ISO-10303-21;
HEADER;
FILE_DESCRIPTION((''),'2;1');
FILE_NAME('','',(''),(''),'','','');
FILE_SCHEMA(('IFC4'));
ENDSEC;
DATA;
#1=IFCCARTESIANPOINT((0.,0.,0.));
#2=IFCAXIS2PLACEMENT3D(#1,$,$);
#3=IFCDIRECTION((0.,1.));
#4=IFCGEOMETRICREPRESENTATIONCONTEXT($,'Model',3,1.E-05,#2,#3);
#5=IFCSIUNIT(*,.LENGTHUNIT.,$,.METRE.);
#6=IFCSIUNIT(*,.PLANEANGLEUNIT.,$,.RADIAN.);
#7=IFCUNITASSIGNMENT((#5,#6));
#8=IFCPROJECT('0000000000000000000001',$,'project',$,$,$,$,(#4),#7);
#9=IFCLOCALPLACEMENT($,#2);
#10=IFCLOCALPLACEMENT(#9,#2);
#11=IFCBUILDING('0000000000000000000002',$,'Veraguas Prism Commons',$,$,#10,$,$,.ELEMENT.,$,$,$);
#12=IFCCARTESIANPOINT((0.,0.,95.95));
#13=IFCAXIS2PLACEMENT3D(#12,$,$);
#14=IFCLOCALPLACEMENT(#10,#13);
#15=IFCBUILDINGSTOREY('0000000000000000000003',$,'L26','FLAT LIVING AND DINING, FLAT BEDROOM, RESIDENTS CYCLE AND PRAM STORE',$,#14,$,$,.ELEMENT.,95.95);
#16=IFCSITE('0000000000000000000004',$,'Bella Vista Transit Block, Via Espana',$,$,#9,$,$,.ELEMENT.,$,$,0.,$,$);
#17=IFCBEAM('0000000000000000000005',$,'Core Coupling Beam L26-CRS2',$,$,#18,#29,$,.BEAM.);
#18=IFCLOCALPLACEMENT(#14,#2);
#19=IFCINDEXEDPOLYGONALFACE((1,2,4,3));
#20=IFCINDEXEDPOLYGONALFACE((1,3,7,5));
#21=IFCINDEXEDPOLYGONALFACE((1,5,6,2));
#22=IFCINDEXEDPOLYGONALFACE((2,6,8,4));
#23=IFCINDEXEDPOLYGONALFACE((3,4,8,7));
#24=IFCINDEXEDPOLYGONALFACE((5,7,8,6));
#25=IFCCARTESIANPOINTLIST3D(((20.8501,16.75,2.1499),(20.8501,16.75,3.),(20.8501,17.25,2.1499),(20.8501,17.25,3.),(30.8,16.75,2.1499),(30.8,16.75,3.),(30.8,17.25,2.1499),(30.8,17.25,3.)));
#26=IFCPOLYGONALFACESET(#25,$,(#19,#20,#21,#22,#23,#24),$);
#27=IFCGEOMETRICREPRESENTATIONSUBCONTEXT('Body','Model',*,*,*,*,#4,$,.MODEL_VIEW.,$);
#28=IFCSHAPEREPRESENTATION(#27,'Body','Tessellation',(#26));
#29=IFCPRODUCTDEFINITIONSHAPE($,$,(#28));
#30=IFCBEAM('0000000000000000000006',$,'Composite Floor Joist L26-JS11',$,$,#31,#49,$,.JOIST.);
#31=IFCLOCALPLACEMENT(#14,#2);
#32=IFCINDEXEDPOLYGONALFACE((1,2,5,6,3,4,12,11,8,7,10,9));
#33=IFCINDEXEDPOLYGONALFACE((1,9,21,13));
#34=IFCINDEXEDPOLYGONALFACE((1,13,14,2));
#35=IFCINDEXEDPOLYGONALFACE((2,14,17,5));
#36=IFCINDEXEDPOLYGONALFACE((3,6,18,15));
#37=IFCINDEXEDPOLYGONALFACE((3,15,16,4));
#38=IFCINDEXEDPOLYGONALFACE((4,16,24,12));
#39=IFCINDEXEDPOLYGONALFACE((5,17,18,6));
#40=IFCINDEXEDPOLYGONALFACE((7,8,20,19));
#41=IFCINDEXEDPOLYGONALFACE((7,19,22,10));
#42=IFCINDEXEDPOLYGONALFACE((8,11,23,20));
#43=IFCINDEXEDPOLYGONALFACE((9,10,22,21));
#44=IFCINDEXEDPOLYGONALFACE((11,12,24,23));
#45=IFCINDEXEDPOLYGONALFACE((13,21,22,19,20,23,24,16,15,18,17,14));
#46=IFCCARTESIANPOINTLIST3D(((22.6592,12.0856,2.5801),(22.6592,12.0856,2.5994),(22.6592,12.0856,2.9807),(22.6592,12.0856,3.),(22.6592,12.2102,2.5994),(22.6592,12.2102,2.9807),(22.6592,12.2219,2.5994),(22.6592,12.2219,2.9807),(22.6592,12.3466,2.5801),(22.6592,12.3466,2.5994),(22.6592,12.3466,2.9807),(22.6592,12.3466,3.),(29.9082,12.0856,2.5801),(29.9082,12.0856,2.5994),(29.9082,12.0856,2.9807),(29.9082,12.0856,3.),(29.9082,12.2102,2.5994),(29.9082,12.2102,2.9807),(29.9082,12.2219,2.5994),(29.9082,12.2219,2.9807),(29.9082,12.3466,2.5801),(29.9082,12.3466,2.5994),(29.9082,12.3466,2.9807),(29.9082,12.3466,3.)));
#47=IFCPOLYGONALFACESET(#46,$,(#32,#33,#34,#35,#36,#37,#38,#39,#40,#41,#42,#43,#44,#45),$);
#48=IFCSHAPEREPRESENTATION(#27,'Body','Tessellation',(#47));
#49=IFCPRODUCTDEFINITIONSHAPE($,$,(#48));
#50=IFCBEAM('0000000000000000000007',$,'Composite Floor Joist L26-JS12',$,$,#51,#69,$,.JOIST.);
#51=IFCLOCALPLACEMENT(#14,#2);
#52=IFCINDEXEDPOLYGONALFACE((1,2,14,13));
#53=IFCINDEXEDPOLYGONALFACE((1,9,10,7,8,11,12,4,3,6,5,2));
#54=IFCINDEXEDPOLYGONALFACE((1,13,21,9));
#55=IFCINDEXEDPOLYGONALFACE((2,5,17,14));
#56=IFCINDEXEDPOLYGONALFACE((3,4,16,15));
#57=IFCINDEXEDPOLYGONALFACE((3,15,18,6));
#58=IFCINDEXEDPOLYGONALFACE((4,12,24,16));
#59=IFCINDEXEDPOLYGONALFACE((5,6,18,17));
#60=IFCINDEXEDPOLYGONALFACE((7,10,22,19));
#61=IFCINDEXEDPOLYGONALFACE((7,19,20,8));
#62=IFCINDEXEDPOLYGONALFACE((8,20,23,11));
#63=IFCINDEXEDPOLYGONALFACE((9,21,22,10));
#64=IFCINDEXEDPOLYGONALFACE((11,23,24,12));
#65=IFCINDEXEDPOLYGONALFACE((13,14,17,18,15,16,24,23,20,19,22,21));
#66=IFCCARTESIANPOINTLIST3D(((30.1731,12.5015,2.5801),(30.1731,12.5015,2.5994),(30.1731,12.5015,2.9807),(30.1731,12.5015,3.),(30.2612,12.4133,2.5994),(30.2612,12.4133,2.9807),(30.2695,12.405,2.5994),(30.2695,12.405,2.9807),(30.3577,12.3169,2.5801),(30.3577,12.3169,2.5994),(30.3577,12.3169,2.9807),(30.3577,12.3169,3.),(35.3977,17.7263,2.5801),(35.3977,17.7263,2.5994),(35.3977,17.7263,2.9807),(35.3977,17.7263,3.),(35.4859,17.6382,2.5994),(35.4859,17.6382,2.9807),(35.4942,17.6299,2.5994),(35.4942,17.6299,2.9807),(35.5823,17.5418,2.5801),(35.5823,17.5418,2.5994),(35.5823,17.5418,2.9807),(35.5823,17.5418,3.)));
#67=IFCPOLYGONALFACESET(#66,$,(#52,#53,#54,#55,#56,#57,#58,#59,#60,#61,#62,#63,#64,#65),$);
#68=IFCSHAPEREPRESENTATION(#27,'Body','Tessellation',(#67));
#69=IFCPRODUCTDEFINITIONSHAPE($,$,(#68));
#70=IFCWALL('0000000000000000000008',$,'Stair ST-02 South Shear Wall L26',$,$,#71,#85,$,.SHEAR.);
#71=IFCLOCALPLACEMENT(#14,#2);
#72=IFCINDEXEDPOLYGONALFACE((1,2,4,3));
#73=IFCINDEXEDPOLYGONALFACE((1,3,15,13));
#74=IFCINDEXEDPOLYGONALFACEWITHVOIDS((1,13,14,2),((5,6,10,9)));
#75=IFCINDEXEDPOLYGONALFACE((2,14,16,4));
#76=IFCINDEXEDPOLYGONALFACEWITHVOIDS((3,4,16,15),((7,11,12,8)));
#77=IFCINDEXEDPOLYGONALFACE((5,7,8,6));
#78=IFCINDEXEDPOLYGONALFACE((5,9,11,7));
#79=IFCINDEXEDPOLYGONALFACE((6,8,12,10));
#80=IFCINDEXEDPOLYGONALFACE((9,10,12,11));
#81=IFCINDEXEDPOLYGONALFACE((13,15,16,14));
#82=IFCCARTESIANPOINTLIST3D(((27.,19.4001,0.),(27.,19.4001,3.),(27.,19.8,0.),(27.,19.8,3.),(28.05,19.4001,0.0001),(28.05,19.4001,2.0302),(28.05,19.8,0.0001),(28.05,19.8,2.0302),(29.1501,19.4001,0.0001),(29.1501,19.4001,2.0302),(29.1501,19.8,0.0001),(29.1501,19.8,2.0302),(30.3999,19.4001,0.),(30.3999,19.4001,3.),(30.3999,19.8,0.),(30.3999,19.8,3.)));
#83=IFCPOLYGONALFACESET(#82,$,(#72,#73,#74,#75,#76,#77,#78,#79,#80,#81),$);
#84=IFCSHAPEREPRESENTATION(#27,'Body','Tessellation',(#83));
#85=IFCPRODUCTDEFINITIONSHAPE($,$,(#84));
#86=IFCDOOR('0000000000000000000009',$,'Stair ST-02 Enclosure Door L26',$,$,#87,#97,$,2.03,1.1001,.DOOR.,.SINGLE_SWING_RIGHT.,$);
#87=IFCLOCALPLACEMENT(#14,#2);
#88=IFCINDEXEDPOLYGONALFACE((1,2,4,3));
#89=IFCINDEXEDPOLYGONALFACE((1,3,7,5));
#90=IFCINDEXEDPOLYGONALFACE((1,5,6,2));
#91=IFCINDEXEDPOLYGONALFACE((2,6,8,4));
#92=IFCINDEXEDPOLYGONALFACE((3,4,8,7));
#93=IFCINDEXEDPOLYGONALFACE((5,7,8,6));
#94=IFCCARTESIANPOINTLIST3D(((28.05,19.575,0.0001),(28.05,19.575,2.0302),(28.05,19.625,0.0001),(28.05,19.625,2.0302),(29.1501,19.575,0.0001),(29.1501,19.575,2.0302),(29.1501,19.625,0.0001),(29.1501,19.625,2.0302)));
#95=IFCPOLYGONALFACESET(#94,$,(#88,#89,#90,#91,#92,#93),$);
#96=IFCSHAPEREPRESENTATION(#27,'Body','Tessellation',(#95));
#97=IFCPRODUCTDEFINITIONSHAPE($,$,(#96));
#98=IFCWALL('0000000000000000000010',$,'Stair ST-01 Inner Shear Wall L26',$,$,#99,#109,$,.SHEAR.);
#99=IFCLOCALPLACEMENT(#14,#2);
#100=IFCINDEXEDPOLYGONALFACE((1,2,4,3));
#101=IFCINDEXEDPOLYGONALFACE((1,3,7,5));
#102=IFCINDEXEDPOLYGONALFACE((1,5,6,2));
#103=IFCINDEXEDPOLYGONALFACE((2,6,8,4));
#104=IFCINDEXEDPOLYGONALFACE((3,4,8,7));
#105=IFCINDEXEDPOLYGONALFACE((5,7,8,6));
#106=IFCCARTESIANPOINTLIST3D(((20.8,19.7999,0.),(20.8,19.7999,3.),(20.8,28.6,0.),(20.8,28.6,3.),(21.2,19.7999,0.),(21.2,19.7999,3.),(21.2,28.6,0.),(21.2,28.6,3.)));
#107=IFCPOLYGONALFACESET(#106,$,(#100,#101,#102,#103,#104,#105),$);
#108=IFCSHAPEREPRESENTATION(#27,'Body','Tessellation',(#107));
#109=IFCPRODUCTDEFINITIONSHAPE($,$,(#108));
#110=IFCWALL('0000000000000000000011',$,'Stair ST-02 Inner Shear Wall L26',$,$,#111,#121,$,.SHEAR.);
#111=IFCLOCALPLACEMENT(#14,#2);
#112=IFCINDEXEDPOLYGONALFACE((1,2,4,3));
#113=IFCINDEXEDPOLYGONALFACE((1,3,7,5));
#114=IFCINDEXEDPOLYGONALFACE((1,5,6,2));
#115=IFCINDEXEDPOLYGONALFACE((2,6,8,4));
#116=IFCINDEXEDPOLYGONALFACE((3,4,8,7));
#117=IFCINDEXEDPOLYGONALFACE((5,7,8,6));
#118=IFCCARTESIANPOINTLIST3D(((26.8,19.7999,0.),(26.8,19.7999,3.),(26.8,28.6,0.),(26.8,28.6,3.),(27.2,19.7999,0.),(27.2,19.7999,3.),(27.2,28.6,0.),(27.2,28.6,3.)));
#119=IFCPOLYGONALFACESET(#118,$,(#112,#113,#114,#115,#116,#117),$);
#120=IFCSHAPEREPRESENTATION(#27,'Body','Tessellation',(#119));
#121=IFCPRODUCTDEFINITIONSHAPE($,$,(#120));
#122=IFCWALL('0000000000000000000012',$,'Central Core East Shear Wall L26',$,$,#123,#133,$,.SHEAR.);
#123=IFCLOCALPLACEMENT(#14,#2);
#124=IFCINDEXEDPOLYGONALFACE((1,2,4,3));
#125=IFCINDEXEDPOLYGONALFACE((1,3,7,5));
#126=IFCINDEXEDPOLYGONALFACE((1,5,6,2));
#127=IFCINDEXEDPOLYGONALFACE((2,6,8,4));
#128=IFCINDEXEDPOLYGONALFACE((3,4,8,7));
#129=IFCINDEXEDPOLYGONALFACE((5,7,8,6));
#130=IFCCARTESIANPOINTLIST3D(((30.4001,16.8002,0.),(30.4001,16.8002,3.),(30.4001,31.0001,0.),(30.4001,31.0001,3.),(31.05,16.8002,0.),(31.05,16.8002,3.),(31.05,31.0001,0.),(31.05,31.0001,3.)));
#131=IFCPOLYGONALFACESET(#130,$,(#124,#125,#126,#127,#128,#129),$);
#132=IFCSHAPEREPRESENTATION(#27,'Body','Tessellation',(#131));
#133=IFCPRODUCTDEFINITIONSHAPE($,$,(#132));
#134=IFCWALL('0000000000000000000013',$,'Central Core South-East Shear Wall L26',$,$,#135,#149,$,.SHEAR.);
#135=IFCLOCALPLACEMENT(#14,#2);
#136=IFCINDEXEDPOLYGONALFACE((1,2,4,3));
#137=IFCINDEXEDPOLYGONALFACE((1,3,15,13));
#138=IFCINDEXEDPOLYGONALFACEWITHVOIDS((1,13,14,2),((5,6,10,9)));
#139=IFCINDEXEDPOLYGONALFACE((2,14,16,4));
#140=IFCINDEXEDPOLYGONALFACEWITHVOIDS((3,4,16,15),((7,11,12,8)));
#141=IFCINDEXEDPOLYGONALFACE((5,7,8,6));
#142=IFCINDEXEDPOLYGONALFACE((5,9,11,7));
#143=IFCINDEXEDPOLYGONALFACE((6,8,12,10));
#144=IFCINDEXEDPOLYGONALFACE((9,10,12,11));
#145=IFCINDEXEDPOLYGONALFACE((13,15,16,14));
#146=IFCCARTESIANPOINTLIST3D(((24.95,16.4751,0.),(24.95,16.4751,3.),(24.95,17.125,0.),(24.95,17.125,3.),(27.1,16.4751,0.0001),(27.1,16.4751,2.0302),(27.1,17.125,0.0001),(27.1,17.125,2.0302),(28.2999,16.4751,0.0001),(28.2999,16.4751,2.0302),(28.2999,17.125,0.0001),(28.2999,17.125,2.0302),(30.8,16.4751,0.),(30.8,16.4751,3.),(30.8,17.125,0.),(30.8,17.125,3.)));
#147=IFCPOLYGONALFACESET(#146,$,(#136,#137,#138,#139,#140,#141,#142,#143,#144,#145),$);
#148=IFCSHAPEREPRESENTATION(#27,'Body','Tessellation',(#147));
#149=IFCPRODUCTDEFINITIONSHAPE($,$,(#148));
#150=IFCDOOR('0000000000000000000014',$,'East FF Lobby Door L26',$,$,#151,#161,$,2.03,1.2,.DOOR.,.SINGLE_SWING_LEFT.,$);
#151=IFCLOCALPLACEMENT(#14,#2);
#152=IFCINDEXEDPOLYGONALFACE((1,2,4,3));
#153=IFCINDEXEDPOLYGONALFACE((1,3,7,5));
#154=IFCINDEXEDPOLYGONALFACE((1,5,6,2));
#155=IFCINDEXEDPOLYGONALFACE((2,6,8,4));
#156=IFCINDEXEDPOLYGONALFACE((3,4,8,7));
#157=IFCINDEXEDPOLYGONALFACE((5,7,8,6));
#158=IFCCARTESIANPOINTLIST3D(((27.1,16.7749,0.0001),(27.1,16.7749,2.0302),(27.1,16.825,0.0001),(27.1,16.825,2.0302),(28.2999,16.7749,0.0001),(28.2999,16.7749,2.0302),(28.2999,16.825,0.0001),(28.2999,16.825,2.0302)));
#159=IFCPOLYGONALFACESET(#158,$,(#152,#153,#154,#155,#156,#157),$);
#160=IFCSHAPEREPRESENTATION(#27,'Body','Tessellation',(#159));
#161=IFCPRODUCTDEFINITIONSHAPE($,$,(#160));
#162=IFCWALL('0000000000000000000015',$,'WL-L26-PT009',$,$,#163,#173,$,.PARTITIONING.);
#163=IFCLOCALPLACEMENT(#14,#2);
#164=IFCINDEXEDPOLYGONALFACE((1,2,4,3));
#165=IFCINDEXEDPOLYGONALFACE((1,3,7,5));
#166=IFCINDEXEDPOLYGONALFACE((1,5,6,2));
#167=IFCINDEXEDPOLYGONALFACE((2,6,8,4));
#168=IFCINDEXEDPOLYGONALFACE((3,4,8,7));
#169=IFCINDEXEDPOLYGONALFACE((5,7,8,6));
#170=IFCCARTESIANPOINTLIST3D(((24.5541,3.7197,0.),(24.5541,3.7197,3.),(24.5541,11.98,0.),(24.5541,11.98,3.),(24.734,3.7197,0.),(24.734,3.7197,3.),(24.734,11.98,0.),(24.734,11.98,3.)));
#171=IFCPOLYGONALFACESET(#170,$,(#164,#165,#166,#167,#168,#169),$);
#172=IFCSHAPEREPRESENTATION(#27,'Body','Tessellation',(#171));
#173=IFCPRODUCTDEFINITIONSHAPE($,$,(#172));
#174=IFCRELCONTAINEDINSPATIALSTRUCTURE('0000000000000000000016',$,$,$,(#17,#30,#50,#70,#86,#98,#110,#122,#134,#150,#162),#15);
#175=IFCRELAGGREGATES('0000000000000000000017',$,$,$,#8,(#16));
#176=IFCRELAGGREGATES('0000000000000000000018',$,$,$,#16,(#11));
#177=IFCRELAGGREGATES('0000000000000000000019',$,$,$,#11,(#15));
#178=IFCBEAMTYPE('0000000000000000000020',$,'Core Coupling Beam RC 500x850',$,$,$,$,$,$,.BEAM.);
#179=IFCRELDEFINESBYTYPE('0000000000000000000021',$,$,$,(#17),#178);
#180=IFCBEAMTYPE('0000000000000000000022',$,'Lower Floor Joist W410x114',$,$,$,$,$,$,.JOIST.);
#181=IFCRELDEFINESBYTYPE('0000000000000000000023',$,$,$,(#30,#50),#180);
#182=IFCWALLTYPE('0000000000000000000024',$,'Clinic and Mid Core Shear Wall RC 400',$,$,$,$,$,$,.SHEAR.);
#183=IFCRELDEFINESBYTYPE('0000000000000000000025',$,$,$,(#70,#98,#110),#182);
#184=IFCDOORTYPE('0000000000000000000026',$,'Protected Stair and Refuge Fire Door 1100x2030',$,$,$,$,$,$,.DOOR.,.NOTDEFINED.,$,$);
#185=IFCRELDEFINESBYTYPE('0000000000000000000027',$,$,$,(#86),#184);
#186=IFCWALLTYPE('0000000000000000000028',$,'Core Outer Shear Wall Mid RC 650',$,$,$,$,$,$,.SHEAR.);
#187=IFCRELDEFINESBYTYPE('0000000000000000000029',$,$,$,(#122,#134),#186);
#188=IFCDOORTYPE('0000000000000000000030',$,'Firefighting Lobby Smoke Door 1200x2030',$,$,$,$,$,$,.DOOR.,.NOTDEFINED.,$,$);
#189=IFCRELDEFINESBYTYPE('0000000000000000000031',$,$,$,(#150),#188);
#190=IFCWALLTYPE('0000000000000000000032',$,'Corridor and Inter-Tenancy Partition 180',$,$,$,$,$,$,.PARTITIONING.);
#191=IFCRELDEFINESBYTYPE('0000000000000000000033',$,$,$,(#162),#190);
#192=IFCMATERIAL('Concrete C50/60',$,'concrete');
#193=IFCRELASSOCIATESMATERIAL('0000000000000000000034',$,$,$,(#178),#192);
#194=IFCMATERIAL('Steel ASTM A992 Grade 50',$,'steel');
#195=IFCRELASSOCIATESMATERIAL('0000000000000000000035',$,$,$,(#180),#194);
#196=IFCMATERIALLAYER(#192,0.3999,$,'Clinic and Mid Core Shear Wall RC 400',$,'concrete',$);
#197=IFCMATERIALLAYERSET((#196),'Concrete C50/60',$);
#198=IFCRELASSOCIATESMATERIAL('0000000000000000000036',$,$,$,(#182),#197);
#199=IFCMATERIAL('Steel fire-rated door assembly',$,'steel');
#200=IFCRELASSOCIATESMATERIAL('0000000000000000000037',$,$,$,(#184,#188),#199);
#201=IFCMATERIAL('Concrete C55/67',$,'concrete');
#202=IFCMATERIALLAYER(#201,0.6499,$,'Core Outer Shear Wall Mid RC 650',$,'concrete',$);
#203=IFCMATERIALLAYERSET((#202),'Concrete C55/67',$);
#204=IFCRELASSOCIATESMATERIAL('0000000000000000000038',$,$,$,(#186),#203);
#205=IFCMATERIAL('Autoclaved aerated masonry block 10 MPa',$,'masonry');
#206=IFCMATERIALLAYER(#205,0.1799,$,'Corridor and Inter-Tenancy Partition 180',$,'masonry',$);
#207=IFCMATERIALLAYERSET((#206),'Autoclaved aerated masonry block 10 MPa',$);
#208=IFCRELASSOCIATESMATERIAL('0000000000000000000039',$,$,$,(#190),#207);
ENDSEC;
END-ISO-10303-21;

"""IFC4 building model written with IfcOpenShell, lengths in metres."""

from ifc_helpers import new_model, si_unit, direction, frame, frame_2d, origin, origin_2d, place, context, subcontext, project, spatial, rectangle, i_section, extrude, source, transform, mapped, material, layer, layer_set, material_profile, profile_set, type_object, element, fill, save


model = new_model("IFC4")

# Units and contexts
model_context = context("Model", 3, precision=1e-05, world=origin(), true_north=direction((0.0, 1.0)))
body_context = subcontext(model_context, "Body", "Model", "MODEL_VIEW")
ifc_project = project(units=[si_unit("LENGTHUNIT", "METRE"), si_unit("PLANEANGLEUNIT", "RADIAN")], contexts=[model_context])

# Site, building, storey
site_placement = place(None, origin())
site = spatial("IfcSite", under=ifc_project, at=site_placement, Name="Bella Vista Transit Block, Via Espana", CompositionType="ELEMENT", RefElevation=0.0)
building_placement = place(site_placement, origin())
building = spatial("IfcBuilding", under=site, at=building_placement, Name="Veraguas Prism Commons", CompositionType="ELEMENT")
storey_placement = place(building_placement, frame((0.0, 0.0, 95.95)))
storey = spatial("IfcBuildingStorey", under=building, at=storey_placement, Name="L26", Description="FLAT LIVING AND DINING, FLAT BEDROOM, RESIDENTS CYCLE AND PRAM STORE", CompositionType="ELEMENT", Elevation=95.95)

# Beams
ifc_material_1 = material(Name="Concrete C50/60", Category="concrete")
ifc_material_profile_1 = material_profile(ifc_material_1, rectangle(XDim=0.5, YDim=0.8501, at=origin_2d()), Name="RC500X850")
ifc_profile_set_1 = profile_set([ifc_material_profile_1], Name="Concrete C50/60")
beam_type_1 = type_object("IfcBeamType", Name="Core Coupling Beam RC 500x850", PredefinedType="BEAM", material=ifc_profile_set_1)
beam_1_placement = place(storey_placement, frame((20.8501, 17.0, 2.575), z_axis=(1.0, 0.0, 0.0), x_axis=(0.0, 1.0, 0.0)))
element("IfcBeam", 1, at=beam_1_placement, inside=storey, type_object=beam_type_1, Name="Core Coupling Beam L26-CRS2", PredefinedType="BEAM", context=body_context, shape_type="SweptSolid", body=[
    extrude(rectangle(XDim=0.5, YDim=0.8501, at=origin_2d()), origin(), (0.0, 0.0, 1.0), 9.95),
])
ifc_material_2 = material(Name="Steel ASTM A992 Grade 50", Category="steel")
ifc_material_profile_2 = material_profile(ifc_material_2, i_section(OverallWidth=0.261, OverallDepth=0.4199, WebThickness=0.0117, FlangeThickness=0.0193, at=origin_2d()), Name="W410X114")
ifc_profile_set_2 = profile_set([ifc_material_profile_2], Name="Steel ASTM A992 Grade 50")
beam_type_2 = type_object("IfcBeamType", Name="Lower Floor Joist W410x114", PredefinedType="JOIST", material=ifc_profile_set_2)
beam_2_placement = place(storey_placement, frame((22.6592, 12.2161, 2.79), z_axis=(1.0, 0.0, 0.0), x_axis=(0.0, 1.0, 0.0)))
element("IfcBeam", 2, at=beam_2_placement, inside=storey, type_object=beam_type_2, Name="Composite Floor Joist L26-JS11", PredefinedType="JOIST", context=body_context, shape_type="SweptSolid", body=[
    extrude(i_section(OverallWidth=0.261, OverallDepth=0.4199, WebThickness=0.0117, FlangeThickness=0.0193, at=origin_2d()), origin(), (0.0, 0.0, 1.0), 7.249),
])
beam_3_placement = place(storey_placement, frame((30.2654, 12.4092, 2.79), z_axis=(0.70709, 0.707123, 0.0), x_axis=(-0.707123, 0.70709, 0.0)))
element("IfcBeam", 3, at=beam_3_placement, inside=storey, type_object=beam_type_2, Name="Composite Floor Joist L26-JS12", PredefinedType="JOIST", context=body_context, shape_type="SweptSolid", body=[
    extrude(i_section(OverallWidth=0.261, OverallDepth=0.4199, WebThickness=0.0117, FlangeThickness=0.0193, at=origin_2d()), origin(), (0.0, 0.0, 1.0), 7.3889),
])

# Wall, opening, door
ifc_layer_1 = layer(ifc_material_1, 0.3999, Name="Clinic and Mid Core Shear Wall RC 400", Category="concrete")
ifc_layer_set_1 = layer_set([ifc_layer_1], Name="Concrete C50/60")
wall_type_1 = type_object("IfcWallType", Name="Clinic and Mid Core Shear Wall RC 400", PredefinedType="SHEAR", material=ifc_layer_set_1)
wall_1_placement = place(storey_placement, frame((27.0, 19.6001, 0.0), z_axis=(0.0, 0.0, 1.0), x_axis=(1.0, 0.0, 0.0)))
wall_1 = element("IfcWall", 4, at=wall_1_placement, inside=storey, type_object=wall_type_1, Name="Stair ST-02 South Shear Wall L26", PredefinedType="SHEAR", context=body_context, shape_type="SweptSolid", body=[
    extrude(rectangle(XDim=3.3999, YDim=0.3999, at=frame_2d((1.7, 0.0))), origin(), (0.0, 0.0, 1.0), 3.0),
])
opening_1_placement = place(wall_1_placement, frame((1.05, 0.0, 0.0)))
opening_1 = element("IfcOpeningElement", 5, at=opening_1_placement, cuts=wall_1, PredefinedType="OPENING", context=body_context, shape_type="SweptSolid", body=[
    extrude(rectangle(XDim=1.1001, YDim=2.03, at=frame_2d((0.55, 1.0151))), frame((0.0, 0.21, 0.0), z_axis=(0.0, -1.0, 0.0), x_axis=(1.0, 0.0, 0.0)), (0.0, 0.0, 1.0), 0.4199),
])
ifc_material_3 = material(Name="Steel fire-rated door assembly", Category="steel")
door_type_1 = type_object("IfcDoorType", Name="Protected Stair and Refuge Fire Door 1100x2030", OperationType="NOTDEFINED", PredefinedType="DOOR", material=ifc_material_3)
shared_shape_1 = source(origin(), body_context, "Body", "SweptSolid", [
    extrude(rectangle(XDim=1.1001, YDim=2.03, at=frame_2d((0.55, 1.0151))), frame((0.0, 0.0249, 0.0), z_axis=(0.0, -1.0, 0.0), x_axis=(1.0, 0.0, 0.0)), (0.0, 0.0, 1.0), 0.05),
])
door_1_placement = place(opening_1_placement, origin())
door_1 = element("IfcDoor", 6, at=door_1_placement, inside=storey, type_object=door_type_1, Name="Stair ST-02 Enclosure Door L26", OperationType="SINGLE_SWING_RIGHT", OverallHeight=2.03, OverallWidth=1.1001, PredefinedType="DOOR", context=body_context, shape_type="MappedRepresentation", body=[
    mapped(shared_shape_1, transform((0.0, 0.0, 0.0), scale=1.0)),
])
fill(opening_1, door_1)

# Walls
for number, where, z_axis, x_axis, name in (
    (7, (21.0, 19.8, 0.0), (0.0, 0.0, 1.0), (0.0, 1.0, 0.0), "Stair ST-01 Inner Shear Wall L26"),
    (8, (27.0, 19.8, 0.0), (0.0, 0.0, 1.0), (0.0, 1.0, 0.0), "Stair ST-02 Inner Shear Wall L26"),
):
    element("IfcWall", number, at=place(storey_placement, frame(where, z_axis=z_axis, x_axis=x_axis)), inside=storey, type_object=wall_type_1, Name=name, PredefinedType="SHEAR", context=body_context, shape_type="SweptSolid", body=[
        extrude(rectangle(XDim=8.8, YDim=0.3999, at=frame_2d((4.3999, 0.0))), origin(), (0.0, 0.0, 1.0), 3.0),
    ])
ifc_material_4 = material(Name="Concrete C55/67", Category="concrete")
ifc_layer_2 = layer(ifc_material_4, 0.6499, Name="Core Outer Shear Wall Mid RC 650", Category="concrete")
ifc_layer_set_2 = layer_set([ifc_layer_2], Name="Concrete C55/67")
wall_type_2 = type_object("IfcWallType", Name="Core Outer Shear Wall Mid RC 650", PredefinedType="SHEAR", material=ifc_layer_set_2)
wall_2_placement = place(storey_placement, frame((30.7251, 16.8, 0.0), z_axis=(0.0, 0.0, 1.0), x_axis=(0.0, 1.0, 0.0)))
element("IfcWall", 9, at=wall_2_placement, inside=storey, type_object=wall_type_2, Name="Central Core East Shear Wall L26", PredefinedType="SHEAR", context=body_context, shape_type="SweptSolid", body=[
    extrude(rectangle(XDim=14.2, YDim=0.6499, at=frame_2d((7.1001, 0.0))), origin(), (0.0, 0.0, 1.0), 3.0),
])

# Wall, opening, door
wall_3_placement = place(storey_placement, frame((24.95, 16.8, 0.0), z_axis=(0.0, 0.0, 1.0), x_axis=(1.0, 0.0, 0.0)))
wall_3 = element("IfcWall", 10, at=wall_3_placement, inside=storey, type_object=wall_type_2, Name="Central Core South-East Shear Wall L26", PredefinedType="SHEAR", context=body_context, shape_type="SweptSolid", body=[
    extrude(rectangle(XDim=5.8501, YDim=0.6499, at=frame_2d((2.925, 0.0))), origin(), (0.0, 0.0, 1.0), 3.0),
])
opening_2_placement = place(wall_3_placement, frame((2.1499, 0.0, 0.0)))
opening_2 = element("IfcOpeningElement", 11, at=opening_2_placement, cuts=wall_3, PredefinedType="OPENING", context=body_context, shape_type="SweptSolid", body=[
    extrude(rectangle(XDim=1.2, YDim=2.03, at=frame_2d((0.6001, 1.0151))), frame((0.0, 0.335, 0.0), z_axis=(0.0, -1.0, 0.0), x_axis=(1.0, 0.0, 0.0)), (0.0, 0.0, 1.0), 0.6699),
])
door_type_2 = type_object("IfcDoorType", Name="Firefighting Lobby Smoke Door 1200x2030", OperationType="NOTDEFINED", PredefinedType="DOOR", material=ifc_material_3)
shared_shape_2 = source(origin(), body_context, "Body", "SweptSolid", [
    extrude(rectangle(XDim=1.2, YDim=2.03, at=frame_2d((0.6001, 1.0151))), frame((0.0, 0.0249, 0.0), z_axis=(0.0, -1.0, 0.0), x_axis=(1.0, 0.0, 0.0)), (0.0, 0.0, 1.0), 0.05),
])
door_2_placement = place(opening_2_placement, origin())
door_2 = element("IfcDoor", 12, at=door_2_placement, inside=storey, type_object=door_type_2, Name="East FF Lobby Door L26", OperationType="SINGLE_SWING_LEFT", OverallHeight=2.03, OverallWidth=1.2, PredefinedType="DOOR", context=body_context, shape_type="MappedRepresentation", body=[
    mapped(shared_shape_2, transform((0.0, 0.0, 0.0), scale=1.0)),
])
fill(opening_2, door_2)

# Wall
ifc_material_5 = material(Name="Autoclaved aerated masonry block 10 MPa", Category="masonry")
ifc_layer_3 = layer(ifc_material_5, 0.1799, Name="Corridor and Inter-Tenancy Partition 180", Category="masonry")
ifc_layer_set_3 = layer_set([ifc_layer_3], Name="Autoclaved aerated masonry block 10 MPa")
wall_type_3 = type_object("IfcWallType", Name="Corridor and Inter-Tenancy Partition 180", PredefinedType="PARTITIONING", material=ifc_layer_set_3)
wall_4_placement = place(storey_placement, frame((24.644, 11.98, 0.0), z_axis=(0.0, 0.0, 1.0), x_axis=(0.0, -1.0, 0.0)))
element("IfcWall", 13, at=wall_4_placement, inside=storey, type_object=wall_type_3, Name="WL-L26-PT009", PredefinedType="PARTITIONING", context=body_context, shape_type="SweptSolid", body=[
    extrude(rectangle(XDim=8.2603, YDim=0.1799, at=frame_2d((4.1301, 0.0))), origin(), (0.0, 0.0, 1.0), 3.0),
])

save(model, "model.ifc")
